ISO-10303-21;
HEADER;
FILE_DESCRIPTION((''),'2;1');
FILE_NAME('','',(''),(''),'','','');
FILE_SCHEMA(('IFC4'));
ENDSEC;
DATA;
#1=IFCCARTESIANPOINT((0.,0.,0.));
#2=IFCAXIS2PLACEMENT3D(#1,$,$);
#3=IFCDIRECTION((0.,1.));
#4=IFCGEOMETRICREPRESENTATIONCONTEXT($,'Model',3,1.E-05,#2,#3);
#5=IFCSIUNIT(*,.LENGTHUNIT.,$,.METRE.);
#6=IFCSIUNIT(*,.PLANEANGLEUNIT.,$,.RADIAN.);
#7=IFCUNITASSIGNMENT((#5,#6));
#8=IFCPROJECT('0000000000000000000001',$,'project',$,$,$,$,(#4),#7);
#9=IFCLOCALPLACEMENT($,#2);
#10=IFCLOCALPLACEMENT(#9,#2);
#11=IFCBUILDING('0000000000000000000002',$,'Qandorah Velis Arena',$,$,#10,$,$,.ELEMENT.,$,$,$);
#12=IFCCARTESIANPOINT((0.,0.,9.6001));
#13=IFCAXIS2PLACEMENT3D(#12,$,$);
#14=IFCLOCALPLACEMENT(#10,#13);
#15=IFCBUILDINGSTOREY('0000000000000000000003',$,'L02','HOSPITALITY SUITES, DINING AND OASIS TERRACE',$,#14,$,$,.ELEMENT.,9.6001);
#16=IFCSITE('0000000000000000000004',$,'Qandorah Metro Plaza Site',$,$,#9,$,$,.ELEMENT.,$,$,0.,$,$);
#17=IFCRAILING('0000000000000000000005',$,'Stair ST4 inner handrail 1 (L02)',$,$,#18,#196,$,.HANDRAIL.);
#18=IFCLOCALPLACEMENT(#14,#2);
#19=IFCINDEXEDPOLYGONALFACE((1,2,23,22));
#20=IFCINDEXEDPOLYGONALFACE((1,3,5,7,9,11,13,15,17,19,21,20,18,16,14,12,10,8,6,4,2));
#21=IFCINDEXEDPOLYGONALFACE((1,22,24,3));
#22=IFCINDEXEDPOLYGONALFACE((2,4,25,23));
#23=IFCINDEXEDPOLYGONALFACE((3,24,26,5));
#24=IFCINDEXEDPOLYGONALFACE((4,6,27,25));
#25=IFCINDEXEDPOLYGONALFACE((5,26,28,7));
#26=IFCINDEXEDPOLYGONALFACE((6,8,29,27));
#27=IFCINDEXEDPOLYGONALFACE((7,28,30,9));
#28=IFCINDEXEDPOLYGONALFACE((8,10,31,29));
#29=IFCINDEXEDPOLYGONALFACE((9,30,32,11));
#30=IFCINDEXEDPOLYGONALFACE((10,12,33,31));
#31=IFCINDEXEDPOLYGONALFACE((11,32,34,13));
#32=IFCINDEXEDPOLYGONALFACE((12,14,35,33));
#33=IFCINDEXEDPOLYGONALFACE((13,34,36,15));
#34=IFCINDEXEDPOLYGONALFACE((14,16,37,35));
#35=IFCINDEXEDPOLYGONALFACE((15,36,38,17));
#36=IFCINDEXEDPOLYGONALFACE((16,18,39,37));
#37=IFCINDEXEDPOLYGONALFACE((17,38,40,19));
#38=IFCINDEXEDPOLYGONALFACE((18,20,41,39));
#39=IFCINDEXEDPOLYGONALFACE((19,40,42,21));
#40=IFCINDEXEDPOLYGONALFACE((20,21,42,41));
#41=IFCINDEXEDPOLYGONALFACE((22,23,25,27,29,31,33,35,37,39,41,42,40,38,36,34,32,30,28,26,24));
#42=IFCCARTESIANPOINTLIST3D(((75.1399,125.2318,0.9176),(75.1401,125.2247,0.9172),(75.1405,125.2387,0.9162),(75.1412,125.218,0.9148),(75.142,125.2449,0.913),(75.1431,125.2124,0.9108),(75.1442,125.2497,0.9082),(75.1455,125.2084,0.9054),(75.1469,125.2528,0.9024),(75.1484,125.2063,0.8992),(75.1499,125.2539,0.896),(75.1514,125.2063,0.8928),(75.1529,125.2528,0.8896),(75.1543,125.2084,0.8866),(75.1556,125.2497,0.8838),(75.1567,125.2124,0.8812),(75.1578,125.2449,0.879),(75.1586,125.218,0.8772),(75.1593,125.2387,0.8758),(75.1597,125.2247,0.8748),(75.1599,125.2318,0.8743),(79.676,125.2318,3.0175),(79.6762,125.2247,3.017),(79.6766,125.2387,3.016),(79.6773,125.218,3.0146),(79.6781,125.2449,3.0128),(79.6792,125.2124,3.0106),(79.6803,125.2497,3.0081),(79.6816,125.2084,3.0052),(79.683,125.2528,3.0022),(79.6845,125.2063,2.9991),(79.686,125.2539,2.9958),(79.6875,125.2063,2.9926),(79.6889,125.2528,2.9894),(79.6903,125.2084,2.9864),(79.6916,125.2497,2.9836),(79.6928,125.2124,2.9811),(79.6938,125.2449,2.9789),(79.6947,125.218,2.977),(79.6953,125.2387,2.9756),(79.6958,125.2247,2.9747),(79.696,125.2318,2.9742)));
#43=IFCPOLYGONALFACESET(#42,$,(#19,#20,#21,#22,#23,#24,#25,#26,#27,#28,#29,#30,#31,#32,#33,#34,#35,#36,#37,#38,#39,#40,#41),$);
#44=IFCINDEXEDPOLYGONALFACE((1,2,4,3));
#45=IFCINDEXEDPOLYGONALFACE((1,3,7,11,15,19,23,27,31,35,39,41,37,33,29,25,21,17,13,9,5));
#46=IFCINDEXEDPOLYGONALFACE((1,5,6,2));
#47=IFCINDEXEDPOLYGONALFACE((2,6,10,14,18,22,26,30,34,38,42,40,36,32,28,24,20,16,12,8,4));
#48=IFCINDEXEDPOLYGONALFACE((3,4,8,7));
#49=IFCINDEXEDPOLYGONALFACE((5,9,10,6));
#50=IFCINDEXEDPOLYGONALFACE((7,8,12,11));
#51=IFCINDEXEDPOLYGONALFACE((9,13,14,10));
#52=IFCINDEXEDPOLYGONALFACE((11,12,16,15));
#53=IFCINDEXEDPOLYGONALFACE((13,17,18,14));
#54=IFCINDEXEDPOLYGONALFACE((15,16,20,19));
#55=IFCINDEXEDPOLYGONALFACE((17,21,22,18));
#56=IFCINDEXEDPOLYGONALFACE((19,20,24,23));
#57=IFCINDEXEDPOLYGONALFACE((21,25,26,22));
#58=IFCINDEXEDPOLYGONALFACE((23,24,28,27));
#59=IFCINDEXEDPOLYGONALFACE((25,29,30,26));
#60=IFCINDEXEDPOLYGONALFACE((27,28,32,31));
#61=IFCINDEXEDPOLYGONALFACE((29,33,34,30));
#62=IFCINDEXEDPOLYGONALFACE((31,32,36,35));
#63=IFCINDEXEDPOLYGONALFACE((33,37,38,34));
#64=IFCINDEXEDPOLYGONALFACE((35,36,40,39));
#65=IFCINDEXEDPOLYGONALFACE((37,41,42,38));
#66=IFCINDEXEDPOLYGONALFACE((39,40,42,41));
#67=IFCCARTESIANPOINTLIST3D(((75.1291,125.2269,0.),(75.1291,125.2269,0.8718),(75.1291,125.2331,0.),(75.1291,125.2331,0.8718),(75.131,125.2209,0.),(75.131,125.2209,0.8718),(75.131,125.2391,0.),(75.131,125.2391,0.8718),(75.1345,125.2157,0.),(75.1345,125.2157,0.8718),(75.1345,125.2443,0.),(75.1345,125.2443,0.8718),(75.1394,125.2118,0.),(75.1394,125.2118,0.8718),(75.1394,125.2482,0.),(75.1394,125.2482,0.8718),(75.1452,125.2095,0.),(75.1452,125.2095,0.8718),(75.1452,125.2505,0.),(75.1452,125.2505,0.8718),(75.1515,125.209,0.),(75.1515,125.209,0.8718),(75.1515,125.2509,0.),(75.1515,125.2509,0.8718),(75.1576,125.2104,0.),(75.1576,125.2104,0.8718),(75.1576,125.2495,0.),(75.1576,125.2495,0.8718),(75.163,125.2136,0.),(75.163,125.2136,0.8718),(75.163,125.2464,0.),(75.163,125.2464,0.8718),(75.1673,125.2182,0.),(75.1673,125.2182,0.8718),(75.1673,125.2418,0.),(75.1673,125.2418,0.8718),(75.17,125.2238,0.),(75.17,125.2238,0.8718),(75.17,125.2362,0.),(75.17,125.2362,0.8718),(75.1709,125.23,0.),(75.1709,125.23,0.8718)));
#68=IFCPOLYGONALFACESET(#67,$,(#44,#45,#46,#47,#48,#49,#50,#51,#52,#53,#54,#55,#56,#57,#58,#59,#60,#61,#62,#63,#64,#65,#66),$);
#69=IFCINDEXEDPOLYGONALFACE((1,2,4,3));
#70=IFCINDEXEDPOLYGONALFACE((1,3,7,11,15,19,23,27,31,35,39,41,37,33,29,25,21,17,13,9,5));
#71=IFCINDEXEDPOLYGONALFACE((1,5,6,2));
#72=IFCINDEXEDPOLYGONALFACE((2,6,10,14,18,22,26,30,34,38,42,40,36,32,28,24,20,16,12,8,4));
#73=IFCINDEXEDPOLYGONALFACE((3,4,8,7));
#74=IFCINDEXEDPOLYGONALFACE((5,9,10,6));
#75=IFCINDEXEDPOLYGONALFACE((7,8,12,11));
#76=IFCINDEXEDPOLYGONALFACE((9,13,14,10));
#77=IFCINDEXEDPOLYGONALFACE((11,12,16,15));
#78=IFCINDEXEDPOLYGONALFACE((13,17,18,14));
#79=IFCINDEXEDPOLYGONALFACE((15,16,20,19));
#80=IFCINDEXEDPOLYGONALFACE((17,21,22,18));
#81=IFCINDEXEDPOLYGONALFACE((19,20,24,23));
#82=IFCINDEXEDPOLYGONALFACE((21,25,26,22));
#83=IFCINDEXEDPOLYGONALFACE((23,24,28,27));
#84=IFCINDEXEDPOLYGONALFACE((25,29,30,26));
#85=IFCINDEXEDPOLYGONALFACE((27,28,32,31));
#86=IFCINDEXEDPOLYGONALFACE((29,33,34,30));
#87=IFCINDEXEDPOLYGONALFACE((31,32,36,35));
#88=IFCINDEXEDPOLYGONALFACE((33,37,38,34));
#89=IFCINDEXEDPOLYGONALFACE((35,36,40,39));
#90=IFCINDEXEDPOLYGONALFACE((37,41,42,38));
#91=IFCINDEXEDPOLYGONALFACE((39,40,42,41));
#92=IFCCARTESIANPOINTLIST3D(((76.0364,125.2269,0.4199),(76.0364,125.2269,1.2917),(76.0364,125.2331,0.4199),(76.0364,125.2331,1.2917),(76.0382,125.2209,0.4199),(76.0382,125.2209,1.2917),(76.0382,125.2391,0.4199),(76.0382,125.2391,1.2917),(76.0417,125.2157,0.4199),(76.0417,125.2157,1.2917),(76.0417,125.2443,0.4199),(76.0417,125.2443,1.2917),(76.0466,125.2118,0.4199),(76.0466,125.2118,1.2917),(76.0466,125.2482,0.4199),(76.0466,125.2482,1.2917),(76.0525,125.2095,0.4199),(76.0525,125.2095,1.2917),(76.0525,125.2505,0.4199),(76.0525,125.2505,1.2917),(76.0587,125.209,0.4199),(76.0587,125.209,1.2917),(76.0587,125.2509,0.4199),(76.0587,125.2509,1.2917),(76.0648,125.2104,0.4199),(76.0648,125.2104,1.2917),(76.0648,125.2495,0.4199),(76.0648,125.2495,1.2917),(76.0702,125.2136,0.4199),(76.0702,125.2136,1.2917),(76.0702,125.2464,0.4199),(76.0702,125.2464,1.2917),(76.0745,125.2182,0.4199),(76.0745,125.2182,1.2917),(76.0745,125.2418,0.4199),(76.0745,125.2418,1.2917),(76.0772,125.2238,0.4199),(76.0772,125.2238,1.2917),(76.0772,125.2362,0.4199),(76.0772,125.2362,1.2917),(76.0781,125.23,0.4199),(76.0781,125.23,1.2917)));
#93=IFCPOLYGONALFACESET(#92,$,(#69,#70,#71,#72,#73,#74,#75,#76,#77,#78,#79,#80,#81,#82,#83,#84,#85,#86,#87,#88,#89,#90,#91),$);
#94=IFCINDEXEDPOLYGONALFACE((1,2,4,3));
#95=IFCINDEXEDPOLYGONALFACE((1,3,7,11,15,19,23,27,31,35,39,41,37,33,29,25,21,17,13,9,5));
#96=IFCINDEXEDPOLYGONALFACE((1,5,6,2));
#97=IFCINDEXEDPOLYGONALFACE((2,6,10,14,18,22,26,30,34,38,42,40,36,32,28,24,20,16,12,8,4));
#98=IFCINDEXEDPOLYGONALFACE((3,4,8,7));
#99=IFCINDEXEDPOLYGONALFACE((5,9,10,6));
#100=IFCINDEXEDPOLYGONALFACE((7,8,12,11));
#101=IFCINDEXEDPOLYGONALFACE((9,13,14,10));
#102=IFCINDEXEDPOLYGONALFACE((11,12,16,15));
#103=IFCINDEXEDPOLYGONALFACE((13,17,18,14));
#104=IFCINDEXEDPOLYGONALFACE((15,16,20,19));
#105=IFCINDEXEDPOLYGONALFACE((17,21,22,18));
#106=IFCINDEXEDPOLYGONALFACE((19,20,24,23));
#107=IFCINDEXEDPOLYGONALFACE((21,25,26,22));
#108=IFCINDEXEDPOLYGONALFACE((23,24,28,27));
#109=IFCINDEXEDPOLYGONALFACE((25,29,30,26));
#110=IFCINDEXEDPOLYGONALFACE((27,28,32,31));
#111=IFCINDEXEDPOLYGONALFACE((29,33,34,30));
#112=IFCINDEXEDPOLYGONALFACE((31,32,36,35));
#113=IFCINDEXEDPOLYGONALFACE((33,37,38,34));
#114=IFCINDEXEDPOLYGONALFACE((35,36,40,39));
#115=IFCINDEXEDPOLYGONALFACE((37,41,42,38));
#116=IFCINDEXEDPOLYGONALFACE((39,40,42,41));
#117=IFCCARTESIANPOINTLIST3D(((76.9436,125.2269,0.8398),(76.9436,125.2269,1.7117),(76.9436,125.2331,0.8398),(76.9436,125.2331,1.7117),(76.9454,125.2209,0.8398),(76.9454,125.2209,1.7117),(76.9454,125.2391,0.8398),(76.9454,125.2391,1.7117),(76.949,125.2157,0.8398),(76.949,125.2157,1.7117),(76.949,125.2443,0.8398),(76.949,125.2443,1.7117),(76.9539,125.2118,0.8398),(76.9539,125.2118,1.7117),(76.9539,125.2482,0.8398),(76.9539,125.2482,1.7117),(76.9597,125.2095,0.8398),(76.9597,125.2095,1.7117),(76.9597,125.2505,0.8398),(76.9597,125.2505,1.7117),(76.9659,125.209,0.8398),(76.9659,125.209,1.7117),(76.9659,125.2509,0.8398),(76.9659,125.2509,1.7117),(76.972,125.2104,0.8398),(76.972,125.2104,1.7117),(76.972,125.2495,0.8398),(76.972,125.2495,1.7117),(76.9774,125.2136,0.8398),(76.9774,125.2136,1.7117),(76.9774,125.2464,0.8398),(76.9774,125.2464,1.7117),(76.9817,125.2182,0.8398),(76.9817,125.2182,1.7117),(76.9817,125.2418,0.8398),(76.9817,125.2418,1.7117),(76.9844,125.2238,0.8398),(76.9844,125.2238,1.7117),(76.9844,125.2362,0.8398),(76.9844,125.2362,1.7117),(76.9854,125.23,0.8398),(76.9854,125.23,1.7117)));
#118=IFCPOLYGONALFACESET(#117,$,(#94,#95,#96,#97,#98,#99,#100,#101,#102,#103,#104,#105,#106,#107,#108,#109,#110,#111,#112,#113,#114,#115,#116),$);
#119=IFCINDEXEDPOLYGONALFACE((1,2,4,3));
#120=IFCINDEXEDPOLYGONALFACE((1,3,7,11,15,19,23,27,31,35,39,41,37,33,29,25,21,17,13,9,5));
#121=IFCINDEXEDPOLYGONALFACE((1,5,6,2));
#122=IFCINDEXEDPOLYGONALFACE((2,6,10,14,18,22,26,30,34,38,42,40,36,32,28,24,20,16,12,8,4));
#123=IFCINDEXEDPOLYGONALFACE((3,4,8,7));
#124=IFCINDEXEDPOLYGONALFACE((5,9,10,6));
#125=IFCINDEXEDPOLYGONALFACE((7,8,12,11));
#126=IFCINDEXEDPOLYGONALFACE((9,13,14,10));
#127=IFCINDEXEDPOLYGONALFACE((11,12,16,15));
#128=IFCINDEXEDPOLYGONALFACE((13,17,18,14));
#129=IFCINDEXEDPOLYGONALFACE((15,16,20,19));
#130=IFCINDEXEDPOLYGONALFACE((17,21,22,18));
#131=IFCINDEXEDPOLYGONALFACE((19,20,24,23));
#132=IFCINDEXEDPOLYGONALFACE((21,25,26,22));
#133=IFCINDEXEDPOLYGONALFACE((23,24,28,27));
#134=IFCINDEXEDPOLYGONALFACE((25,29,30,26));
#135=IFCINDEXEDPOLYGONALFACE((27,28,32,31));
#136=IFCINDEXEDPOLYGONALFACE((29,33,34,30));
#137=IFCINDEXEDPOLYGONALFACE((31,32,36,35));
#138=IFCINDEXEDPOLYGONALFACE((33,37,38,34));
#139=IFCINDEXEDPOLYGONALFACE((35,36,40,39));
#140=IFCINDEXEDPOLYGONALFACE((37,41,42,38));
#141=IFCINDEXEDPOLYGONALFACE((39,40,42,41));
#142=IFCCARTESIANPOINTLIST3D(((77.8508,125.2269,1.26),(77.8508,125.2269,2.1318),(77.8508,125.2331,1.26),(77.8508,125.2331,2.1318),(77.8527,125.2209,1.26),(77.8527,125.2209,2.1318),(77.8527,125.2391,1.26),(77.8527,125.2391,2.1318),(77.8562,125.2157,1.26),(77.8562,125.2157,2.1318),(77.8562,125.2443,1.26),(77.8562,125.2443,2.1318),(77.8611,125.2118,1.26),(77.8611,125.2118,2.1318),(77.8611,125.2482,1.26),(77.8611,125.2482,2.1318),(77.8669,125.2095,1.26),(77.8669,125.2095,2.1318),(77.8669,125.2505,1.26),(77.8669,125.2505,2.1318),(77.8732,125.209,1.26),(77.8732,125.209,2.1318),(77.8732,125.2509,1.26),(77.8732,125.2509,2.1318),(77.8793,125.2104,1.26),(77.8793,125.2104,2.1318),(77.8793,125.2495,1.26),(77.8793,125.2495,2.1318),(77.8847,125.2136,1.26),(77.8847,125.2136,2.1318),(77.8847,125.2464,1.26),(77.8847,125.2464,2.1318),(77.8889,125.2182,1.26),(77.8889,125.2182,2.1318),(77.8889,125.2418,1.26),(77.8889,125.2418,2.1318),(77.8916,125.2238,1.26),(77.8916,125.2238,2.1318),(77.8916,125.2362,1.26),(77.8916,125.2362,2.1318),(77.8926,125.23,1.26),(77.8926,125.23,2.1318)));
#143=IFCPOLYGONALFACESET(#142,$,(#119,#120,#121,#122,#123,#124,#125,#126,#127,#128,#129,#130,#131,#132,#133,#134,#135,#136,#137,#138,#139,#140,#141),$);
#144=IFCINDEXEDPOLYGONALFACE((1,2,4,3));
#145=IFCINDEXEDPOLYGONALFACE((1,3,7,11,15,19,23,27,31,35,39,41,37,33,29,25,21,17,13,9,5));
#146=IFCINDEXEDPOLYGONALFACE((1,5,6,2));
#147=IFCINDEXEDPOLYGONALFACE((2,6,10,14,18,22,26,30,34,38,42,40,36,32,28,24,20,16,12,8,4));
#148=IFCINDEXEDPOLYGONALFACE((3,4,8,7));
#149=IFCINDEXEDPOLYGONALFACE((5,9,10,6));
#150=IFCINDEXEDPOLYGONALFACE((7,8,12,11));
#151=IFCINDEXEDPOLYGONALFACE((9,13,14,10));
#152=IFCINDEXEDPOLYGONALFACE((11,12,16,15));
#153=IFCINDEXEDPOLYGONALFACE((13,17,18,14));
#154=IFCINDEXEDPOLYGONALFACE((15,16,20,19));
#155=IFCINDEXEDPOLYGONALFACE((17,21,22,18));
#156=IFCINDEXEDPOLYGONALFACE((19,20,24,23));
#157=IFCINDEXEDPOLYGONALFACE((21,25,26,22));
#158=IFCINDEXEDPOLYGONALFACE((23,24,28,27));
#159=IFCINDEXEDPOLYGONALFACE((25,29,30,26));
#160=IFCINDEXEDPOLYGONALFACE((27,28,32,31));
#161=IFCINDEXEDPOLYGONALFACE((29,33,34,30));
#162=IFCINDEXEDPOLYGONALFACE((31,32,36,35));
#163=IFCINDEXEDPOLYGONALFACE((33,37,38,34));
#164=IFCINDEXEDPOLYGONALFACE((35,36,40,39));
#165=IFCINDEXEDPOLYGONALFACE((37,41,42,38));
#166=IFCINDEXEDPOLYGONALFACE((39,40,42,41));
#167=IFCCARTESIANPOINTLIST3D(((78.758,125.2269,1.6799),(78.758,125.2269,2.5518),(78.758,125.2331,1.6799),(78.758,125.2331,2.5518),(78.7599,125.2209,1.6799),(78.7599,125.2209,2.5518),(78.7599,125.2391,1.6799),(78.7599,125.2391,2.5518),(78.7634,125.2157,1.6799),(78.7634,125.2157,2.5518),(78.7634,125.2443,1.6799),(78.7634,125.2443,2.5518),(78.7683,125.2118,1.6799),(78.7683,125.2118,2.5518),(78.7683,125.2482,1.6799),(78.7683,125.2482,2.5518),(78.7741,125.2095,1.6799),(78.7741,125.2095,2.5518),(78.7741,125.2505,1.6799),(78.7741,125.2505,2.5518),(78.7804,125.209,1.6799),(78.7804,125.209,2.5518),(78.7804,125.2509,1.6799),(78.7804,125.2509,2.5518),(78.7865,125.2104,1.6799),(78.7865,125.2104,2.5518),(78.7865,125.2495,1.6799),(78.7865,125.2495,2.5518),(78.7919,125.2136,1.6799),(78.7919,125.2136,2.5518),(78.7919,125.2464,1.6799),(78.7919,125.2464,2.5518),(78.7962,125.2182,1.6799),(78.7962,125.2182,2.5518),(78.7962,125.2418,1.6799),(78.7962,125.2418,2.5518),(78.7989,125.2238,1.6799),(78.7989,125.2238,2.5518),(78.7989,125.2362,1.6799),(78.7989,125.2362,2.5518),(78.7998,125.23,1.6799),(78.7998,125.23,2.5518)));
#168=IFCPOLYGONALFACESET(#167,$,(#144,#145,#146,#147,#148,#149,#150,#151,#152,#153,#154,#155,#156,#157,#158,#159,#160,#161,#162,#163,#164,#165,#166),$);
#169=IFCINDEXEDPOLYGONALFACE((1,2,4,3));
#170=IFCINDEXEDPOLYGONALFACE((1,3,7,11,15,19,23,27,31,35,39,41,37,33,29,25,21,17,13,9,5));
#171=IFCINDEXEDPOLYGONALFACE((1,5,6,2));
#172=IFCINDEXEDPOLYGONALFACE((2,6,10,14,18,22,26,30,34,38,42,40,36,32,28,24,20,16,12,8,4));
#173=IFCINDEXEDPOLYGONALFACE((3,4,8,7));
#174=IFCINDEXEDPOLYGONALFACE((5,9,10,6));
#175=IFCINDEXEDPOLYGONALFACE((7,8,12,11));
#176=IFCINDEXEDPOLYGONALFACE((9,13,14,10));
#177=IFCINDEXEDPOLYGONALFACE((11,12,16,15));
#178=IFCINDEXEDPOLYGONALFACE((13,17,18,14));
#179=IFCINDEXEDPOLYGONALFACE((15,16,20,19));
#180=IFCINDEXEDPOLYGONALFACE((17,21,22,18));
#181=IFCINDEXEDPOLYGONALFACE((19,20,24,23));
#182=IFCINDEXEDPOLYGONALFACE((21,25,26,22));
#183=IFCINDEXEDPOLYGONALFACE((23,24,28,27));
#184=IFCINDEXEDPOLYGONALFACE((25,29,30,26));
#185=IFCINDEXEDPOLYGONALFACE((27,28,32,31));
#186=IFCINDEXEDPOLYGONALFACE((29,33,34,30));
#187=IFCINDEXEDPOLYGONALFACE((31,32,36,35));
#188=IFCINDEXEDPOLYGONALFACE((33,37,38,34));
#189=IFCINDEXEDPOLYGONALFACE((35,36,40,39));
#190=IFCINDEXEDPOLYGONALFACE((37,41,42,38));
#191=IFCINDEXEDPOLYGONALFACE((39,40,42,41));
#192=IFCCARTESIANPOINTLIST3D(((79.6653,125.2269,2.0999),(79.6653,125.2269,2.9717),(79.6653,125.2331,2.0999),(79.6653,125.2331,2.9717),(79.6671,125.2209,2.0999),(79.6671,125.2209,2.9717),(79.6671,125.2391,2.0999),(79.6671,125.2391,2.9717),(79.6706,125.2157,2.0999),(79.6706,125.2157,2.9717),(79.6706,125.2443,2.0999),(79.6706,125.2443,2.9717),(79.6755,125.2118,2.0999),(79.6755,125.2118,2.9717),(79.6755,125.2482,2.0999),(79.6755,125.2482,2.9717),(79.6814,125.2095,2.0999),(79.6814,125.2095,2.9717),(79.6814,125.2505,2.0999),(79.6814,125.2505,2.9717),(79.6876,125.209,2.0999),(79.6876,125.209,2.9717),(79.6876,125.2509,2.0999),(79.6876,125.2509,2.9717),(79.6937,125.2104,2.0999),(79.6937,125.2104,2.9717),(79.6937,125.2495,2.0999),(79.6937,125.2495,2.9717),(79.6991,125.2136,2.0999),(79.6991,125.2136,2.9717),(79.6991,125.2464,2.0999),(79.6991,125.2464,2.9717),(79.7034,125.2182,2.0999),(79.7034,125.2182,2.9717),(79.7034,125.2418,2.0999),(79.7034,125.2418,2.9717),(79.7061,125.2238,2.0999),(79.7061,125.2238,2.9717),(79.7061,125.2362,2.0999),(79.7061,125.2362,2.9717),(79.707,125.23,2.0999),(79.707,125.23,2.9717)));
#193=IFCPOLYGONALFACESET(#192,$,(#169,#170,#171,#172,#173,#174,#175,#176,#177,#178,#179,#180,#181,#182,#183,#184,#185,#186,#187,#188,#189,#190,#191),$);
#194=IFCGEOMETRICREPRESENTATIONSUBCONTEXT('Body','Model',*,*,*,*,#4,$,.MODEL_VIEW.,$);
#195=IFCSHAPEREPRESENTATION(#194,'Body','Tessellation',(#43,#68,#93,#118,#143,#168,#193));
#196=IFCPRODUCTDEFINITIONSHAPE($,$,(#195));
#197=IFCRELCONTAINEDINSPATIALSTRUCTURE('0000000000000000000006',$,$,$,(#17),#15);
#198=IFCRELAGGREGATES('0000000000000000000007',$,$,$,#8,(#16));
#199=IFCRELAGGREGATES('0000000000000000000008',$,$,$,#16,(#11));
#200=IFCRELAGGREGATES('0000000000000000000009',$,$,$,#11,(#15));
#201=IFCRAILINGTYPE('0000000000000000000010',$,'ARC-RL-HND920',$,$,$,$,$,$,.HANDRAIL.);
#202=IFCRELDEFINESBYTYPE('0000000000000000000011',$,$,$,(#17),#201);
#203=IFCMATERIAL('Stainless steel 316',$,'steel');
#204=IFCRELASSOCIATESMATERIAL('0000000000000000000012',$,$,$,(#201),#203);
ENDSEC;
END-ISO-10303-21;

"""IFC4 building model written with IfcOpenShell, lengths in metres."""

from ifc_helpers import new_model, si_unit, direction, frame, origin, origin_2d, place, context, subcontext, project, spatial, circle, extrude, material, type_object, element, save


model = new_model("IFC4")

# Units and contexts
model_context = context("Model", 3, precision=1e-05, world=origin(), true_north=direction((0.0, 1.0)))
body_context = subcontext(model_context, "Body", "Model", "MODEL_VIEW")
ifc_project = project(units=[si_unit("LENGTHUNIT", "METRE"), si_unit("PLANEANGLEUNIT", "RADIAN")], contexts=[model_context])

# Site, building, storey
site_placement = place(None, origin())
site = spatial("IfcSite", under=ifc_project, at=site_placement, Name="Qandorah Metro Plaza Site", CompositionType="ELEMENT", RefElevation=0.0)
building_placement = place(site_placement, origin())
building = spatial("IfcBuilding", under=site, at=building_placement, Name="Qandorah Velis Arena", CompositionType="ELEMENT")
storey_placement = place(building_placement, frame((0.0, 0.0, 9.6001)))
storey = spatial("IfcBuildingStorey", under=building, at=storey_placement, Name="L02", Description="HOSPITALITY SUITES, DINING AND OASIS TERRACE", CompositionType="ELEMENT", Elevation=9.6001)

# Railing
ifc_material_1 = material(Name="Stainless steel 316", Category="steel")
railing_type_1 = type_object("IfcRailingType", Name="ARC-RL-HND920", PredefinedType="HANDRAIL", material=ifc_material_1)
railing_1_placement = place(storey_placement, frame((75.1499, 125.23, 0.0)))
element("IfcRailing", 1, at=railing_1_placement, inside=storey, type_object=railing_type_1, Name="Stair ST4 inner handrail 1 (L02)", PredefinedType="HANDRAIL", context=body_context, shape_type="SweptSolid", body=[
    extrude(circle(Radius=0.0239, at=origin_2d()), frame((0.0, 0.0, 0.896), z_axis=(0.907483, 0.0, 0.420089), x_axis=(0.0, 1.0, 0.0)), (0.0, 0.0, 1.0), 4.9985),
    extrude(circle(Radius=0.021, at=origin_2d()), origin(), (0.0, 0.0, 1.0), 0.8718),
    extrude(circle(Radius=0.021, at=origin_2d()), frame((0.9072, 0.0, 0.4199)), (0.0, 0.0, 1.0), 0.8718),
    extrude(circle(Radius=0.021, at=origin_2d()), frame((1.8145, 0.0, 0.8398)), (0.0, 0.0, 1.0), 0.8718),
    extrude(circle(Radius=0.021, at=origin_2d()), frame((2.7217, 0.0, 1.26)), (0.0, 0.0, 1.0), 0.8718),
    extrude(circle(Radius=0.021, at=origin_2d()), frame((3.6289, 0.0, 1.6799)), (0.0, 0.0, 1.0), 0.8718),
    extrude(circle(Radius=0.021, at=origin_2d()), frame((4.5361, 0.0, 2.0999)), (0.0, 0.0, 1.0), 0.8718),
])

save(model, "model.ifc")
